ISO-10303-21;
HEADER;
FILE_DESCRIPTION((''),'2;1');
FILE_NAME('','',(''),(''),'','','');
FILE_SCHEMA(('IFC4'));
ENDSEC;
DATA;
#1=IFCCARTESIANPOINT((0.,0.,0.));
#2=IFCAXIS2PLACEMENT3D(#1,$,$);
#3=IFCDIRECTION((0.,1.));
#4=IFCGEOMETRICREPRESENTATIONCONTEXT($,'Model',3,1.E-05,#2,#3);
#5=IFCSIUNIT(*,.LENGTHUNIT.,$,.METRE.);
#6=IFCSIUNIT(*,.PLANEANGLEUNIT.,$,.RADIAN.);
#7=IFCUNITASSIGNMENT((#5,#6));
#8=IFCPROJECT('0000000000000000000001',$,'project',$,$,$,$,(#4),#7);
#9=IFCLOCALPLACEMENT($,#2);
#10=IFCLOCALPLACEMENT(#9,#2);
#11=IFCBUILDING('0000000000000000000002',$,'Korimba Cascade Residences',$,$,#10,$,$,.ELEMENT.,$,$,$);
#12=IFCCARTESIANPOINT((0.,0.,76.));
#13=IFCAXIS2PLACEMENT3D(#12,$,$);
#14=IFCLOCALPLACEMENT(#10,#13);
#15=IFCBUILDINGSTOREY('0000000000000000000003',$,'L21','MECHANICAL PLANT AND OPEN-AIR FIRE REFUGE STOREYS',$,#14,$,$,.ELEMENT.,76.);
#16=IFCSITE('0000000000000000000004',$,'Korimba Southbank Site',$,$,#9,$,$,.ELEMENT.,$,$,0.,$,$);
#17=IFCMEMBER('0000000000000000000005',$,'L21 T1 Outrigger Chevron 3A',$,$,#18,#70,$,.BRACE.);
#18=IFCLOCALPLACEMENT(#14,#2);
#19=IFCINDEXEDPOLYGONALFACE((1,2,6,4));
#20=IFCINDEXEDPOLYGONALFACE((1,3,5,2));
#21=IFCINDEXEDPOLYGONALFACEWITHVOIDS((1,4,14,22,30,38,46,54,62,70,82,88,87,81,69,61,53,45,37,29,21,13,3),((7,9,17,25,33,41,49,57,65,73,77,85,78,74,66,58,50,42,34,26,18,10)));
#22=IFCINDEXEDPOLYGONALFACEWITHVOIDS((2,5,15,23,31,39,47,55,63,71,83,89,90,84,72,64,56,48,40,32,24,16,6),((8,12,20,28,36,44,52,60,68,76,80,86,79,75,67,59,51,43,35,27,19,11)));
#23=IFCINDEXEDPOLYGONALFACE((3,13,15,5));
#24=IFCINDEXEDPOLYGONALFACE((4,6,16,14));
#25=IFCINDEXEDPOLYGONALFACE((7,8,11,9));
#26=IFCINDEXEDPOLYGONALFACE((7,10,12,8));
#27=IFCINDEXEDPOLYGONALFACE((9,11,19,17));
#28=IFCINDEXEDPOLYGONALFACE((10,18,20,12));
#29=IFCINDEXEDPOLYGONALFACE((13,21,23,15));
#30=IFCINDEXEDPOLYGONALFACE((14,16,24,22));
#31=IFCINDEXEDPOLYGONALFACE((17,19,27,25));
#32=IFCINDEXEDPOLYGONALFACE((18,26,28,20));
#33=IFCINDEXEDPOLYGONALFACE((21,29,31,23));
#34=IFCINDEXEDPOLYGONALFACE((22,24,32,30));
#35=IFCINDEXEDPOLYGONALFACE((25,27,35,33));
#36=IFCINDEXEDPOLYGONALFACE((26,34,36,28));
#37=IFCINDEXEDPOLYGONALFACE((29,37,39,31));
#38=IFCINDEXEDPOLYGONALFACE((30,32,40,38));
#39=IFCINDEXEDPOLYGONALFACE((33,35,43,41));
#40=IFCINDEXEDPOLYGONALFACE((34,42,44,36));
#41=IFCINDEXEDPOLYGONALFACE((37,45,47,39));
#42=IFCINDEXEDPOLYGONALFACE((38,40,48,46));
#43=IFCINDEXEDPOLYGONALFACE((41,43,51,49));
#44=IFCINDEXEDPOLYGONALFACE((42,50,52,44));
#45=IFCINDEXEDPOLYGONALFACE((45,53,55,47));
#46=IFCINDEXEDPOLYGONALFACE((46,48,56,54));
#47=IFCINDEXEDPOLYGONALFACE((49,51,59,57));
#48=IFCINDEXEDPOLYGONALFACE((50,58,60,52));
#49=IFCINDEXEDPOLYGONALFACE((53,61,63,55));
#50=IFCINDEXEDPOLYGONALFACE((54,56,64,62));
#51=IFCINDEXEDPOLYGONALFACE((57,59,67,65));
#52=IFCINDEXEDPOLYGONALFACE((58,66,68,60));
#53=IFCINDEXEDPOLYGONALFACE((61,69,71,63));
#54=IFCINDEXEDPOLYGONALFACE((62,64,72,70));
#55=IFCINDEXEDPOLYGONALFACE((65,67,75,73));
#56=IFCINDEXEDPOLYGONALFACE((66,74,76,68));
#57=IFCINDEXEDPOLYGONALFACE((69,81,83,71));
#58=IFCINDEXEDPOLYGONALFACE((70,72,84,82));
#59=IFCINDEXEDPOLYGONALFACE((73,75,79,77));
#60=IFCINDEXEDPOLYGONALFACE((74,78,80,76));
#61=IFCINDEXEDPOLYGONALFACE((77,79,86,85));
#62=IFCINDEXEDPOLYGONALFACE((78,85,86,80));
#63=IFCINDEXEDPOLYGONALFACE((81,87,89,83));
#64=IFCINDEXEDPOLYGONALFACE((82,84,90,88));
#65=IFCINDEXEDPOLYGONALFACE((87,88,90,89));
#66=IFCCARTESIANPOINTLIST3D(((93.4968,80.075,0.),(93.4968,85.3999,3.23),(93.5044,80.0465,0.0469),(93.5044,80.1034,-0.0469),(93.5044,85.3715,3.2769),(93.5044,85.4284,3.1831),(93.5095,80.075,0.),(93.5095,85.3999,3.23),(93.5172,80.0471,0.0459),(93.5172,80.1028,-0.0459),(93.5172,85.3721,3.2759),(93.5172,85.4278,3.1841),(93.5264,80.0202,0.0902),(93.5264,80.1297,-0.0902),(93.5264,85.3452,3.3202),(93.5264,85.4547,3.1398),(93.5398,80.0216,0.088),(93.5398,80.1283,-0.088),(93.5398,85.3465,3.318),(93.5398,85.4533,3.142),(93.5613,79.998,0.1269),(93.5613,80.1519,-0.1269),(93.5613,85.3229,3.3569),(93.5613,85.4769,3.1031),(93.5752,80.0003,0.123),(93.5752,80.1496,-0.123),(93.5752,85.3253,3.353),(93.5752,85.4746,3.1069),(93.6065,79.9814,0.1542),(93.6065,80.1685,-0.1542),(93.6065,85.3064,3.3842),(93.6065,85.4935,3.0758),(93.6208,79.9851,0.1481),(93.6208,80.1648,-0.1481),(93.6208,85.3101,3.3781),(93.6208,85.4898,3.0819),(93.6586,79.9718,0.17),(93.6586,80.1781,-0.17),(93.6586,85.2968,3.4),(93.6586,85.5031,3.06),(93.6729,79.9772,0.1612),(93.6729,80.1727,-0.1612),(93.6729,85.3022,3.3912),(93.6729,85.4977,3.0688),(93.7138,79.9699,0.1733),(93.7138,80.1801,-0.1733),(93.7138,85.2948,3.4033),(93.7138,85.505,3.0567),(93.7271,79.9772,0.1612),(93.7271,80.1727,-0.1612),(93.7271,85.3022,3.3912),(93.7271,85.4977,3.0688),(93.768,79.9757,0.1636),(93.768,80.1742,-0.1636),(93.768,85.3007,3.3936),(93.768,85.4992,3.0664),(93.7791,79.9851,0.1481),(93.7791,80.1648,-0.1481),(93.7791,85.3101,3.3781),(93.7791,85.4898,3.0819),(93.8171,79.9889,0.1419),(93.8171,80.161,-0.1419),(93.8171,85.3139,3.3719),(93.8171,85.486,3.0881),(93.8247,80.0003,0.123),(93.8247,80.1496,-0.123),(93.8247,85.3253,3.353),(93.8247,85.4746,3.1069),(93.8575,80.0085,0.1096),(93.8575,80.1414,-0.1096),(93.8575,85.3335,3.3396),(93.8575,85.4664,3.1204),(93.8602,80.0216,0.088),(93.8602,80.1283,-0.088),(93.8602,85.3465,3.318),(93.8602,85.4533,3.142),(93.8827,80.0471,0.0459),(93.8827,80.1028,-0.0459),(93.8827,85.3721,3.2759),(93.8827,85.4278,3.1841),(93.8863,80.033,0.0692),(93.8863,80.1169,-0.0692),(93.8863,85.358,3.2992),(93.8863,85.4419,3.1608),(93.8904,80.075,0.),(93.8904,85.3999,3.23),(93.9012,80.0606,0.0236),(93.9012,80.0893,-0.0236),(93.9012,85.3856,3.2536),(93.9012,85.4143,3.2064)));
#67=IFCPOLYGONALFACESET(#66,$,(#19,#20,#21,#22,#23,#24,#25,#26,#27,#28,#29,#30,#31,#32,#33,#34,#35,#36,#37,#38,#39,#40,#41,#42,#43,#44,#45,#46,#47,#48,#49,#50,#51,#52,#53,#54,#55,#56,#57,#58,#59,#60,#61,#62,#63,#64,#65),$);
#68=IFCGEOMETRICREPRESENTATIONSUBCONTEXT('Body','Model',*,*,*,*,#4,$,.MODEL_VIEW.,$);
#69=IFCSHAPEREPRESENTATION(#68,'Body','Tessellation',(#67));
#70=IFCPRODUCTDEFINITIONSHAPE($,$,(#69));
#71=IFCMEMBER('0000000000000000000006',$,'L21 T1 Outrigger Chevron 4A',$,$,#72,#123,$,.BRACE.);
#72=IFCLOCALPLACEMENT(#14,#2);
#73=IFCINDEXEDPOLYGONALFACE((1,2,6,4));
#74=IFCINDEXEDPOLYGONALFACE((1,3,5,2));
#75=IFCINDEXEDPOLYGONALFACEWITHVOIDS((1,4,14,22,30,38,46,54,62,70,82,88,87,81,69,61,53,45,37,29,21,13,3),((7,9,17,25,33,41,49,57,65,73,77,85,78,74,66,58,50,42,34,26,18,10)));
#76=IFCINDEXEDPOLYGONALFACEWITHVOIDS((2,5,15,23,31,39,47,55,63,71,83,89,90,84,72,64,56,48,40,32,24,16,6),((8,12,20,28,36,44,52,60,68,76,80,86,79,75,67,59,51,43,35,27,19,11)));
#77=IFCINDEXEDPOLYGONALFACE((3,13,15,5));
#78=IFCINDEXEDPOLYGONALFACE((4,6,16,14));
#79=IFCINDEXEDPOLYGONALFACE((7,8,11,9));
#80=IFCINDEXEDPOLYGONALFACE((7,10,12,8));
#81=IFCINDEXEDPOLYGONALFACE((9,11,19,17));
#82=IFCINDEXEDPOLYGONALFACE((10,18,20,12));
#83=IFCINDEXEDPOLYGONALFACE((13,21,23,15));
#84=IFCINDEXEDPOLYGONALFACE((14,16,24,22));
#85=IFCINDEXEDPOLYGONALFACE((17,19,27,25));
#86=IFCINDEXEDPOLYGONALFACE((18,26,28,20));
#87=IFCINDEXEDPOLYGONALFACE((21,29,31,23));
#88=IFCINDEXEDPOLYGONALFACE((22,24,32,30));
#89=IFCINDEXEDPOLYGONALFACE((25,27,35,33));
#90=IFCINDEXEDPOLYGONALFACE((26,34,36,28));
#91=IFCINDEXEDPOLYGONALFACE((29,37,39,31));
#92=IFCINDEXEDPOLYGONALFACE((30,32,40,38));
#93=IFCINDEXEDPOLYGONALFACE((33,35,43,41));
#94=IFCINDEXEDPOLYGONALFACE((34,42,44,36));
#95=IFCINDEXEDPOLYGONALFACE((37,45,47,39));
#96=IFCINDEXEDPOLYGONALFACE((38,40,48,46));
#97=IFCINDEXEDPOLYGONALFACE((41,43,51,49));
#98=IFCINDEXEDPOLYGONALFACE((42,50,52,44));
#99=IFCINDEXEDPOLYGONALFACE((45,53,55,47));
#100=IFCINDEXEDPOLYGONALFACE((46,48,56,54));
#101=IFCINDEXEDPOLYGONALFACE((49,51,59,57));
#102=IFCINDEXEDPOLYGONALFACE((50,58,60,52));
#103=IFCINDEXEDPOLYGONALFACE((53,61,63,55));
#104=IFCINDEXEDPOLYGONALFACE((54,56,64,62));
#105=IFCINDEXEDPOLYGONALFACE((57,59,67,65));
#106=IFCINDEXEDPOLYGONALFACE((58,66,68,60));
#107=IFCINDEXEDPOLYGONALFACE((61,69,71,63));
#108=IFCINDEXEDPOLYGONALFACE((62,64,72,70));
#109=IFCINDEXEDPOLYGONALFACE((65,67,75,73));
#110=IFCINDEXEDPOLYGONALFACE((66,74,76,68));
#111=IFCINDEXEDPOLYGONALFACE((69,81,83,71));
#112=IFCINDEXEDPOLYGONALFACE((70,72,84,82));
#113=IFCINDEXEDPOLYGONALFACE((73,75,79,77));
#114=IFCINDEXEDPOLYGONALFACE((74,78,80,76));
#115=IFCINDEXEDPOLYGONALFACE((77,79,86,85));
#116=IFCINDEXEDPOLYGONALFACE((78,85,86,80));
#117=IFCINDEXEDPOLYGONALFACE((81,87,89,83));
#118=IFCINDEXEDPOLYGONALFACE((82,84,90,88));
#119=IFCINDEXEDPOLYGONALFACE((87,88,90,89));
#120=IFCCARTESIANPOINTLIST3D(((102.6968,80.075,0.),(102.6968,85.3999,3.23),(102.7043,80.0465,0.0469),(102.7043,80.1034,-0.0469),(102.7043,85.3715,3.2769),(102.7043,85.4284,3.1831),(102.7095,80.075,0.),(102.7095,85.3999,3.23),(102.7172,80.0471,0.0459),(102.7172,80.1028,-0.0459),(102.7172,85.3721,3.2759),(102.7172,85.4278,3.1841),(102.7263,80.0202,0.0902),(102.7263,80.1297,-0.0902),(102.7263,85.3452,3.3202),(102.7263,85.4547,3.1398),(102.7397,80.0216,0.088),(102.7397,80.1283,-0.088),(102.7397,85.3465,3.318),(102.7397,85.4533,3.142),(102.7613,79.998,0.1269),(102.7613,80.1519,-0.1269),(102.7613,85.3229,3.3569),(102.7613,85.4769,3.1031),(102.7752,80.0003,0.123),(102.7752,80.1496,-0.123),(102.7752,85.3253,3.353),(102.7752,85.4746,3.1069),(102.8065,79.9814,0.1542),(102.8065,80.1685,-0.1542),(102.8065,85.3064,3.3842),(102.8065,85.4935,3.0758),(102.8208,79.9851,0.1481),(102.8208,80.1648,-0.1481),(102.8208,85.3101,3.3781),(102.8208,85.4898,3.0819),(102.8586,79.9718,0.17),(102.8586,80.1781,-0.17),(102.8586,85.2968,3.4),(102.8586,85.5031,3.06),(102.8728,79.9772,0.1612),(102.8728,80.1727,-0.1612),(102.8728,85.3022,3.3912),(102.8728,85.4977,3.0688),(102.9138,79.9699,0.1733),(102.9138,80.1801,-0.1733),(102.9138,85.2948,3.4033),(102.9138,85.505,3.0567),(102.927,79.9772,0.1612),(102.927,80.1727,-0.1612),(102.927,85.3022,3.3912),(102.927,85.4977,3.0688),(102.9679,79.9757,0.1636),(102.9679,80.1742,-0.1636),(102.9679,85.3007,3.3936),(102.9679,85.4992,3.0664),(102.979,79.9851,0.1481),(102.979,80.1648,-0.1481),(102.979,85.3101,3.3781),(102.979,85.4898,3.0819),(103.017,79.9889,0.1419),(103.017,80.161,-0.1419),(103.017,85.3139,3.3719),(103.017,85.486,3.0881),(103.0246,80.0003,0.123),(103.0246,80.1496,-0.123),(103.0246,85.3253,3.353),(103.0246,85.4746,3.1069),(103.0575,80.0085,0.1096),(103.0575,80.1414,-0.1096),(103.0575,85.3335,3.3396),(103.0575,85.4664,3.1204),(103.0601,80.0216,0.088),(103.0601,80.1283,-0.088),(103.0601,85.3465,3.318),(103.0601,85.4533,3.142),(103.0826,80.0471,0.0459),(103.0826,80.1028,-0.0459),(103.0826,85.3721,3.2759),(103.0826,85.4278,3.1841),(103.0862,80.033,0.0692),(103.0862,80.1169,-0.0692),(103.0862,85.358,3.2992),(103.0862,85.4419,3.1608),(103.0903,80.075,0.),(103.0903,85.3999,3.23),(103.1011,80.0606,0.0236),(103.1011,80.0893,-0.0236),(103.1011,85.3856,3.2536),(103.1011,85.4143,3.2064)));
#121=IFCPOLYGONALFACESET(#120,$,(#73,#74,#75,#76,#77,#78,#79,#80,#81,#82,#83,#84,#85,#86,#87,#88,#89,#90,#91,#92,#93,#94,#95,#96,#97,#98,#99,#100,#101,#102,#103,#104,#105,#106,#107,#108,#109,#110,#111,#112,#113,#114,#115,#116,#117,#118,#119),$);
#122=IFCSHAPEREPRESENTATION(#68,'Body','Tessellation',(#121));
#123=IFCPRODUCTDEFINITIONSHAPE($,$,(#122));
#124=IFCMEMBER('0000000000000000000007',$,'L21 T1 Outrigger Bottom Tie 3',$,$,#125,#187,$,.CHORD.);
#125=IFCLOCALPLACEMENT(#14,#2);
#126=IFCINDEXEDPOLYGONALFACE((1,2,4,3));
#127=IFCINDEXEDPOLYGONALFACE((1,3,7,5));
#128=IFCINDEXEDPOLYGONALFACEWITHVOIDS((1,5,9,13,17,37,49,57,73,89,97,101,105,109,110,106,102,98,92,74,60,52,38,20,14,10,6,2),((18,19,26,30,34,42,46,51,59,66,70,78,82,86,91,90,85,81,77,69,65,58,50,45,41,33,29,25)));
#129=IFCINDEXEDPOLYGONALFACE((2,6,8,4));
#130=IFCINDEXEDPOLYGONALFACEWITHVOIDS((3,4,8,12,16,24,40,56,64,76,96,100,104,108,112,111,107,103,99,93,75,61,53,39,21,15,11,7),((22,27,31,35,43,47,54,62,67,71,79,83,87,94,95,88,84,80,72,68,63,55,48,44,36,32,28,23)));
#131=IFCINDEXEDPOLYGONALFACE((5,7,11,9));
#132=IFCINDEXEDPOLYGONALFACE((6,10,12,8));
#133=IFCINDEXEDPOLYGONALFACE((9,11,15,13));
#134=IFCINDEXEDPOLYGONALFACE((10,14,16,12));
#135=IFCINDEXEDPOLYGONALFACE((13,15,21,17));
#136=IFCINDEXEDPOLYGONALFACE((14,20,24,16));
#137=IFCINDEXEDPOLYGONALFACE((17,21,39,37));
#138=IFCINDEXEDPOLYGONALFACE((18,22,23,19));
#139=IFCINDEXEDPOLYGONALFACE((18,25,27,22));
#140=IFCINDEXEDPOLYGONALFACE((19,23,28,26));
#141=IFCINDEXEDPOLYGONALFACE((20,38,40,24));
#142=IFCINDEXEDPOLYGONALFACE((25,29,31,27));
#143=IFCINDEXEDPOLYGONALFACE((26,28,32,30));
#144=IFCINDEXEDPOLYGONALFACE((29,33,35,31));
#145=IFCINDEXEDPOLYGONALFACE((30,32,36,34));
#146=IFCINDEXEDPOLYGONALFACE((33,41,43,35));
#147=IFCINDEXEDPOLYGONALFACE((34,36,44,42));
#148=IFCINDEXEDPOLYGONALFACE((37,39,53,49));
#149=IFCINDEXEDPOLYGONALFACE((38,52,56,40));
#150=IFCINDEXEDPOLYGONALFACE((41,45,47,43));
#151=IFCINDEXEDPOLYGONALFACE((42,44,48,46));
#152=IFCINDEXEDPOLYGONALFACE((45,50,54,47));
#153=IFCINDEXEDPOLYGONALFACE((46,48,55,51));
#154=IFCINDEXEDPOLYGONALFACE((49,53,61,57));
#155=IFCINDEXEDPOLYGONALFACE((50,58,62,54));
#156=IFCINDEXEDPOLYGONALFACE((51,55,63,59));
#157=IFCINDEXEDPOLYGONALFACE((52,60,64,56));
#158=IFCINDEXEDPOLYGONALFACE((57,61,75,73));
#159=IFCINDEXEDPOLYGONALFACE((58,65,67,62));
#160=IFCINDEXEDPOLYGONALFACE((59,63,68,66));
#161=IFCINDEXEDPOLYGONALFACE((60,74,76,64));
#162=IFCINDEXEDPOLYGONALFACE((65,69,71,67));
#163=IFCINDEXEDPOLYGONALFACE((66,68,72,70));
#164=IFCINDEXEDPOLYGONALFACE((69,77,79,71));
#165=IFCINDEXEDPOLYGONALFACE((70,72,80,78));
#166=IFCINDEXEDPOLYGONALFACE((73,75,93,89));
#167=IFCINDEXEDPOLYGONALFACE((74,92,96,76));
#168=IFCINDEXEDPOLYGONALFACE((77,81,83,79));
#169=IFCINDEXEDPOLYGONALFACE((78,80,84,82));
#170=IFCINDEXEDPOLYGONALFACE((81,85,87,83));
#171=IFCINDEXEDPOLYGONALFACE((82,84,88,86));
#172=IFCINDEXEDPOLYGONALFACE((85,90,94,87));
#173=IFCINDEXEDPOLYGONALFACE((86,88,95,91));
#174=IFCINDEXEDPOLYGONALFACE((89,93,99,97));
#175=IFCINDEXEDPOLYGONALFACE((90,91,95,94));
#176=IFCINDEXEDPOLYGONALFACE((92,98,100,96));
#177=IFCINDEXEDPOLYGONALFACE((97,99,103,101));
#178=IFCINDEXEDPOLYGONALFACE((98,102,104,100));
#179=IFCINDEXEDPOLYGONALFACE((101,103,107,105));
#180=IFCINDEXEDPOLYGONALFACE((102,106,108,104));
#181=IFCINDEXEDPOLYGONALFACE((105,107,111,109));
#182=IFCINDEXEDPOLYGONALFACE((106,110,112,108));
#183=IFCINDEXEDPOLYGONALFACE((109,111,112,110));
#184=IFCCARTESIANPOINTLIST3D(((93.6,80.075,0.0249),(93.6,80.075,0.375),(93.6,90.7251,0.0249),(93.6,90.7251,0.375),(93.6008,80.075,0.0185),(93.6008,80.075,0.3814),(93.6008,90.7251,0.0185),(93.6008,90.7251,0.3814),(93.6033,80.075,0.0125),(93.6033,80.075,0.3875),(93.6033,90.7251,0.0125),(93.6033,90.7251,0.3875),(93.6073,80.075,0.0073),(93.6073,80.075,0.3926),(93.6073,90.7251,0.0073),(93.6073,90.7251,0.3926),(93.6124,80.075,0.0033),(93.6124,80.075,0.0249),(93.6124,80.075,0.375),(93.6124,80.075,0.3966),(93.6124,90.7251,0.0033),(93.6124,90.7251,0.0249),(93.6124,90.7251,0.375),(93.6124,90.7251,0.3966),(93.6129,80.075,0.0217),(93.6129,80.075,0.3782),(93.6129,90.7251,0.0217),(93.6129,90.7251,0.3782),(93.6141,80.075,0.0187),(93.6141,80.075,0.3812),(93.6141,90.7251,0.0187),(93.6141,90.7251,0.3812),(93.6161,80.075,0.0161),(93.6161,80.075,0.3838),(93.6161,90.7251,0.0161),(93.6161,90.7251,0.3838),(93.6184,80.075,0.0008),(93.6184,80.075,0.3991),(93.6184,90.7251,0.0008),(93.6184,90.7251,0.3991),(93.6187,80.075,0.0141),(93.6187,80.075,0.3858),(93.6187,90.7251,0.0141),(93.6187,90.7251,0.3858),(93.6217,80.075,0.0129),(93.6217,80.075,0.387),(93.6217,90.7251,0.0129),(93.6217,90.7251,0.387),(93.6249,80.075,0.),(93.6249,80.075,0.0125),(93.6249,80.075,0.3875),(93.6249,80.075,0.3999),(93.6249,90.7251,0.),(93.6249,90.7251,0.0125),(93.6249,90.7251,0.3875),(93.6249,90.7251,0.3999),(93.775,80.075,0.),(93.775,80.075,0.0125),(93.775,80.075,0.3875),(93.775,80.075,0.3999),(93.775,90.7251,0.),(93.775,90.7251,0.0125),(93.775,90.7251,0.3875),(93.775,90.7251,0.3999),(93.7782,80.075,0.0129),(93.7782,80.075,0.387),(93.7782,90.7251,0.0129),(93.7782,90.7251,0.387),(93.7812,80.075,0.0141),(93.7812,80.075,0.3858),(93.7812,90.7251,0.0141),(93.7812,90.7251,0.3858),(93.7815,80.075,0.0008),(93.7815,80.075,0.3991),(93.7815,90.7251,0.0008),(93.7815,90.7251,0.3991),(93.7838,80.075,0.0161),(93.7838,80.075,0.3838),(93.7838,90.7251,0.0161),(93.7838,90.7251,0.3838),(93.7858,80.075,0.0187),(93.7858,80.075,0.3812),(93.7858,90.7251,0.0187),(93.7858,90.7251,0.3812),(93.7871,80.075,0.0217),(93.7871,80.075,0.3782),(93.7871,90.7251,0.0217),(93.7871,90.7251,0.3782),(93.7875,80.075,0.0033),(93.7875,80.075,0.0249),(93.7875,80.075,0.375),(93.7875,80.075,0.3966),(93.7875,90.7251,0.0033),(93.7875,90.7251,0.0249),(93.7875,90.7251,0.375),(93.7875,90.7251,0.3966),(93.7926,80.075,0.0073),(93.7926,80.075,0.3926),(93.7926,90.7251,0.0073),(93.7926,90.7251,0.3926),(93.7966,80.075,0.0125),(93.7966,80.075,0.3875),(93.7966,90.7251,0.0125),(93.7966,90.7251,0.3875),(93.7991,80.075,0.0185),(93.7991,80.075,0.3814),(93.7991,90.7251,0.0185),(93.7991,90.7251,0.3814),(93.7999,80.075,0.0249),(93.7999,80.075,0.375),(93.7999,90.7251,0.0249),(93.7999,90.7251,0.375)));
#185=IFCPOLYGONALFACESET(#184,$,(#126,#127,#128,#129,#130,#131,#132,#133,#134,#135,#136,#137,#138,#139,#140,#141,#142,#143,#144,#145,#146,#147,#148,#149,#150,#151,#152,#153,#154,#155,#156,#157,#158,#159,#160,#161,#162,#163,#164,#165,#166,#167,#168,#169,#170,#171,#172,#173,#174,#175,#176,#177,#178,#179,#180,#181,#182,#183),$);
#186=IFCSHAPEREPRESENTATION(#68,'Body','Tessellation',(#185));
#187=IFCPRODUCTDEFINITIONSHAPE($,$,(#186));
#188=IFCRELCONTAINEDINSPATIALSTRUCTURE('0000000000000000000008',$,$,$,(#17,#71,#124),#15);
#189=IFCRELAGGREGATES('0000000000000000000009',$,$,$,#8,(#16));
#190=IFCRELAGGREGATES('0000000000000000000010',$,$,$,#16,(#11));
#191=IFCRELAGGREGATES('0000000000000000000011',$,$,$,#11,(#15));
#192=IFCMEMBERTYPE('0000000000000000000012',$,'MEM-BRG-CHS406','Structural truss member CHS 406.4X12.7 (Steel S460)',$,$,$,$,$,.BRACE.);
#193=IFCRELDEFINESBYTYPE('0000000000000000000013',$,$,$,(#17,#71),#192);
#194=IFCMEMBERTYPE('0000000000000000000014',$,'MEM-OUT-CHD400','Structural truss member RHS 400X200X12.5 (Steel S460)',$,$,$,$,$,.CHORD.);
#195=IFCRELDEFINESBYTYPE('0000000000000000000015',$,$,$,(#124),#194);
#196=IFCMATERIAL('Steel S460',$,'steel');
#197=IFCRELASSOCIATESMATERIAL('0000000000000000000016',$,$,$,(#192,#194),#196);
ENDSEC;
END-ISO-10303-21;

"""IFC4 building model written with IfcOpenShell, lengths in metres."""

from ifc_helpers import new_model, si_unit, direction, frame, origin, origin_2d, place, context, subcontext, project, spatial, hollow_rectangle, hollow_circle, extrude, material, material_profile, profile_set, type_object, element, save


model = new_model("IFC4")

# Units and contexts
model_context = context("Model", 3, precision=1e-05, world=origin(), true_north=direction((0.0, 1.0)))
body_context = subcontext(model_context, "Body", "Model", "MODEL_VIEW")
ifc_project = project(units=[si_unit("LENGTHUNIT", "METRE"), si_unit("PLANEANGLEUNIT", "RADIAN")], contexts=[model_context])

# Site, building, storey
site_placement = place(None, origin())
site = spatial("IfcSite", under=ifc_project, at=site_placement, Name="Korimba Southbank Site", CompositionType="ELEMENT", RefElevation=0.0)
building_placement = place(site_placement, origin())
building = spatial("IfcBuilding", under=site, at=building_placement, Name="Korimba Cascade Residences", CompositionType="ELEMENT")
storey_placement = place(building_placement, frame((0.0, 0.0, 76.0)))
storey = spatial("IfcBuildingStorey", under=building, at=storey_placement, Name="L21", Description="MECHANICAL PLANT AND OPEN-AIR FIRE REFUGE STOREYS", CompositionType="ELEMENT", Elevation=76.0)

# Members
ifc_material_1 = material(Name="Steel S460", Category="steel")
ifc_material_profile_1 = material_profile(ifc_material_1, hollow_circle(Radius=0.2031, WallThickness=0.0127, at=origin_2d()), Name="Steel S460")
ifc_profile_set_1 = profile_set([ifc_material_profile_1], Name="Steel S460")
member_type_1 = type_object("IfcMemberType", Name="MEM-BRG-CHS406", Description="Structural truss member CHS 406.4X12.7 (Steel S460)", PredefinedType="BRACE", material=ifc_profile_set_1)
for number, where, z_axis, x_axis, name in (
    (1, (93.7, 80.075, 0.0), (0.0, 0.855003, 0.518623), (-1.0, 0.0, 0.0), "L21 T1 Outrigger Chevron 3A"),
    (2, (102.8999, 80.075, 0.0), (0.0, 0.855003, 0.518623), (-1.0, 0.0, 0.0), "L21 T1 Outrigger Chevron 4A"),
):
    element("IfcMember", number, at=place(storey_placement, frame(where, z_axis=z_axis, x_axis=x_axis)), inside=storey, type_object=member_type_1, Name=name, PredefinedType="BRACE", context=body_context, shape_type="SweptSolid", body=[
        extrude(hollow_circle(Radius=0.2031, WallThickness=0.0127, at=origin_2d()), origin(), (0.0, 0.0, 1.0), 6.228),
    ])
ifc_material_profile_2 = material_profile(ifc_material_1, hollow_rectangle(XDim=0.2, YDim=0.3999, WallThickness=0.0125, InnerFilletRadius=0.0125, OuterFilletRadius=0.0249, at=origin_2d()), Name="Steel S460")
ifc_profile_set_2 = profile_set([ifc_material_profile_2], Name="Steel S460")
member_type_2 = type_object("IfcMemberType", Name="MEM-OUT-CHD400", Description="Structural truss member RHS 400X200X12.5 (Steel S460)", PredefinedType="CHORD", material=ifc_profile_set_2)
for number, where, z_axis, x_axis, name in (
    (3, (93.7, 80.075, 0.2), (0.0, 1.0, 0.0), (-1.0, 0.0, 0.0), "L21 T1 Outrigger Bottom Tie 3"),
):
    element("IfcMember", number, at=place(storey_placement, frame(where, z_axis=z_axis, x_axis=x_axis)), inside=storey, type_object=member_type_2, Name=name, PredefinedType="CHORD", context=body_context, shape_type="SweptSolid", body=[
        extrude(hollow_rectangle(XDim=0.2, YDim=0.3999, WallThickness=0.0125, InnerFilletRadius=0.0125, OuterFilletRadius=0.0249, at=origin_2d()), origin(), (0.0, 0.0, 1.0), 10.6501),
    ])

save(model, "model.ifc")
